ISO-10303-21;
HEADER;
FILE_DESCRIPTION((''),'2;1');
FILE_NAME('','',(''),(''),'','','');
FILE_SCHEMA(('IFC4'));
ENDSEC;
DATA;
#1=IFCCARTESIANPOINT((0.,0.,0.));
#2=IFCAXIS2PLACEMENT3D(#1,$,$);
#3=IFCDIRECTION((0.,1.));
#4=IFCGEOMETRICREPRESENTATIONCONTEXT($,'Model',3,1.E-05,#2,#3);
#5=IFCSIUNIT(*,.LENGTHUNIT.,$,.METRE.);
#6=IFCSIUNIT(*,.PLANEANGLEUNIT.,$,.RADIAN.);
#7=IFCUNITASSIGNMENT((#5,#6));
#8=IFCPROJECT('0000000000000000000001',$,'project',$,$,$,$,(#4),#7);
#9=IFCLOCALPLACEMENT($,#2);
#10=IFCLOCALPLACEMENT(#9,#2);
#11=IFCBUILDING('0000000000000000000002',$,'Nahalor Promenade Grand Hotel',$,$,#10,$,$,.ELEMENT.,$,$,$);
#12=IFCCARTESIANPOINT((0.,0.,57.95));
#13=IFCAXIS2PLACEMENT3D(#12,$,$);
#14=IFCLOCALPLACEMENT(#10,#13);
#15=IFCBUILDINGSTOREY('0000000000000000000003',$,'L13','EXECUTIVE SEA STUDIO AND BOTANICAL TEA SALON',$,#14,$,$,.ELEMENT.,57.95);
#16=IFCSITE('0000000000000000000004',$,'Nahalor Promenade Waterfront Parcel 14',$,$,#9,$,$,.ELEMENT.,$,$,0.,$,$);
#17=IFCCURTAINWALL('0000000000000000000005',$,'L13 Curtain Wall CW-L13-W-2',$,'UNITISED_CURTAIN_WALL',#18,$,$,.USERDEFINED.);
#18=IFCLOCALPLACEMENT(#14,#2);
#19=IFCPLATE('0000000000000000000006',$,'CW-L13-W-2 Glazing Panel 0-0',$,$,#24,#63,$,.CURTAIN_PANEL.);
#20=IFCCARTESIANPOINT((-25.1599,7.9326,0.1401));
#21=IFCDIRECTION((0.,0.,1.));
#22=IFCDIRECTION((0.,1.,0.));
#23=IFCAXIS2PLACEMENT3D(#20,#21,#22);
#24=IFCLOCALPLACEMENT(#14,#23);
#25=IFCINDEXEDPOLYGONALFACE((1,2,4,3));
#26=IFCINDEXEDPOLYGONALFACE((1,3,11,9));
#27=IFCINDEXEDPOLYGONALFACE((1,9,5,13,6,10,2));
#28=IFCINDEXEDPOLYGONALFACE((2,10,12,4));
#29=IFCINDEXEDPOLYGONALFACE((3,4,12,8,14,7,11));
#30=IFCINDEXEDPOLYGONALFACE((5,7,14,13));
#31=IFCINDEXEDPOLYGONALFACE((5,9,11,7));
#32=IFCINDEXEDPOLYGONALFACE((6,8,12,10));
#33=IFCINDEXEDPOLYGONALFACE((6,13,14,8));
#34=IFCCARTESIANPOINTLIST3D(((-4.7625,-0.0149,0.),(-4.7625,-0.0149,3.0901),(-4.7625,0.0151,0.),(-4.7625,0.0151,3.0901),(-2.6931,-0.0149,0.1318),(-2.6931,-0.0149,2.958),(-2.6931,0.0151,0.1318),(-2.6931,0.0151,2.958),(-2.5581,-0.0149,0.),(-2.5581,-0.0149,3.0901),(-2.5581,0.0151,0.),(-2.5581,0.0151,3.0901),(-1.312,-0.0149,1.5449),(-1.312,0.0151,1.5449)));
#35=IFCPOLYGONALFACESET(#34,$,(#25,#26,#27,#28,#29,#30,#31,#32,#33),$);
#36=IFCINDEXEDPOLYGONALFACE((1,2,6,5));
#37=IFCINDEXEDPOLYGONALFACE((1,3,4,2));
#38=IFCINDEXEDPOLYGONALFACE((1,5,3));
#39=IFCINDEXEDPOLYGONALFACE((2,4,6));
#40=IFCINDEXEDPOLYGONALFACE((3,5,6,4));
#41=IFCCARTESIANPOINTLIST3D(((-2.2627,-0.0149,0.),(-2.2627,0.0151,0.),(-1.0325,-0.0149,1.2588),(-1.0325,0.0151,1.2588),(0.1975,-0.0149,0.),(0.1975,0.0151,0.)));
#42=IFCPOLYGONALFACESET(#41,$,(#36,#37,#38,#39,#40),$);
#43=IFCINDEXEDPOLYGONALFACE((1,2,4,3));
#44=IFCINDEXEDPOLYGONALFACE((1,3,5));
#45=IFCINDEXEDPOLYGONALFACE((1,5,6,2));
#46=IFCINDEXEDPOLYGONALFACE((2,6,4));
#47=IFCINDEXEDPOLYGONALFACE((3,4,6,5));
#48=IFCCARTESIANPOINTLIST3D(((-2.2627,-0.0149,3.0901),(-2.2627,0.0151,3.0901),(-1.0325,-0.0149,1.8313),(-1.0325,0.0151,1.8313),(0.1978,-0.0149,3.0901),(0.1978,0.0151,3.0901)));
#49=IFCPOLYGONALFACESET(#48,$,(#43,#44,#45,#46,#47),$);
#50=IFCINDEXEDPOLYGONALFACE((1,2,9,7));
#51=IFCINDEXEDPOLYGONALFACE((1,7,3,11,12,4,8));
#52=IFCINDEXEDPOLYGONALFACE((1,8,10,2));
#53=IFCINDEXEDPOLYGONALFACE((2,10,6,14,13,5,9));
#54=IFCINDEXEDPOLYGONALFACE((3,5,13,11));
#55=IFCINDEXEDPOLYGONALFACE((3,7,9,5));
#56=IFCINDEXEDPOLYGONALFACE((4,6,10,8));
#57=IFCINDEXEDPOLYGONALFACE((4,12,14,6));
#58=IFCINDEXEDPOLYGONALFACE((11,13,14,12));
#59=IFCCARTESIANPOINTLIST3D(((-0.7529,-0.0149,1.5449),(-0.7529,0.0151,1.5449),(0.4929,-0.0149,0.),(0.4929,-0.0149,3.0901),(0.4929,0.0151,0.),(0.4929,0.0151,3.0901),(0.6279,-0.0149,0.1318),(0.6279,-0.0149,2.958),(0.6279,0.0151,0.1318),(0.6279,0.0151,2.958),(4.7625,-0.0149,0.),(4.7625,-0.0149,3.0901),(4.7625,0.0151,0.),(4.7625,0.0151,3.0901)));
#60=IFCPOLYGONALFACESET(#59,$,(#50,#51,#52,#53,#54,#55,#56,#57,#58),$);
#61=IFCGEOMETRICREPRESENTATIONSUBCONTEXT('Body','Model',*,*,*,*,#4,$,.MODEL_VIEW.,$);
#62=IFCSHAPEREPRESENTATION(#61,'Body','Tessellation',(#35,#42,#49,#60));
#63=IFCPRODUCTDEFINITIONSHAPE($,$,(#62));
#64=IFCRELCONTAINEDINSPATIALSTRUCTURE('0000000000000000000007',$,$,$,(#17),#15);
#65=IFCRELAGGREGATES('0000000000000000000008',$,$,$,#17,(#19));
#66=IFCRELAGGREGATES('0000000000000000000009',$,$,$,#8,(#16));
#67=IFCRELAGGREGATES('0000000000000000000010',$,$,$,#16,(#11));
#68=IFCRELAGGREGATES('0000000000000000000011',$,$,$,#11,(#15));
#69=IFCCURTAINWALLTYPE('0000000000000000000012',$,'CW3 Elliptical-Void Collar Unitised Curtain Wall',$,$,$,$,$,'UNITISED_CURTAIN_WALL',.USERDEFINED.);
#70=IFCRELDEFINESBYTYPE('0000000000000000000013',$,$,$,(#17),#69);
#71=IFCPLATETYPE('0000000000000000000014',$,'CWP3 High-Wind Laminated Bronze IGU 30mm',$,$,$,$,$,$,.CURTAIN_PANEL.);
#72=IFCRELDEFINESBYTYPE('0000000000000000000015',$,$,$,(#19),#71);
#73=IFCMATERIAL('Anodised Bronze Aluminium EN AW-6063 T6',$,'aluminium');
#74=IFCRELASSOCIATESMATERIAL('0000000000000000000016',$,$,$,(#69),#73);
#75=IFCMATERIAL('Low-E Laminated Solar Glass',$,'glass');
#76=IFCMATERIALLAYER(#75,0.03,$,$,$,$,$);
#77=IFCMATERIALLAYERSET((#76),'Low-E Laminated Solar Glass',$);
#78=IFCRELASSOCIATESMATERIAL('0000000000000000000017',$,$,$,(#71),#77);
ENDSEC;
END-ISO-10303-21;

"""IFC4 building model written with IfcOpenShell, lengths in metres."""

from ifc_helpers import new_model, si_unit, direction, frame, origin, place, context, subcontext, project, spatial, polyline, outline, extrude, material, layer, layer_set, type_object, element, aggregate, save


model = new_model("IFC4")

# Units and contexts
model_context = context("Model", 3, precision=1e-05, world=origin(), true_north=direction((0.0, 1.0)))
body_context = subcontext(model_context, "Body", "Model", "MODEL_VIEW")
ifc_project = project(units=[si_unit("LENGTHUNIT", "METRE"), si_unit("PLANEANGLEUNIT", "RADIAN")], contexts=[model_context])

# Site, building, storey
site_placement = place(None, origin())
site = spatial("IfcSite", under=ifc_project, at=site_placement, Name="Nahalor Promenade Waterfront Parcel 14", CompositionType="ELEMENT", RefElevation=0.0)
building_placement = place(site_placement, origin())
building = spatial("IfcBuilding", under=site, at=building_placement, Name="Nahalor Promenade Grand Hotel", CompositionType="ELEMENT")
storey_placement = place(building_placement, frame((0.0, 0.0, 57.95)))
storey = spatial("IfcBuildingStorey", under=building, at=storey_placement, Name="L13", Description="EXECUTIVE SEA STUDIO AND BOTANICAL TEA SALON", CompositionType="ELEMENT", Elevation=57.95)

# Shared definitions
ifc_material_1 = material(Name="Anodised Bronze Aluminium EN AW-6063 T6", Category="aluminium")
curtain_wall_type = type_object("IfcCurtainWallType", Name="CW3 Elliptical-Void Collar Unitised Curtain Wall", ElementType="UNITISED_CURTAIN_WALL", PredefinedType="USERDEFINED", material=ifc_material_1)

# Curtain wall
curtain_wall_1_placement = place(storey_placement, origin())
curtain_wall_1 = element("IfcCurtainWall", 1, at=curtain_wall_1_placement, inside=storey, type_object=curtain_wall_type, Name="L13 Curtain Wall CW-L13-W-2", ObjectType="UNITISED_CURTAIN_WALL", PredefinedType="USERDEFINED")

# Plate
ifc_material_2 = material(Name="Low-E Laminated Solar Glass", Category="glass")
ifc_layer_1 = layer(ifc_material_2, 0.03)
ifc_layer_set_1 = layer_set([ifc_layer_1], Name="Low-E Laminated Solar Glass")
plate_type_1 = type_object("IfcPlateType", Name="CWP3 High-Wind Laminated Bronze IGU 30mm", PredefinedType="CURTAIN_PANEL", material=ifc_layer_set_1)
plate_1_placement = place(storey_placement, frame((-25.1599, 7.9326, 0.1401), z_axis=(0.0, 0.0, 1.0), x_axis=(0.0, 1.0, 0.0)))
plate_1 = element("IfcPlate", 2, at=plate_1_placement, type_object=plate_type_1, Name="CW-L13-W-2 Glazing Panel 0-0", PredefinedType="CURTAIN_PANEL", context=body_context, shape_type="SweptSolid", body=[
    extrude(outline(polyline([(-4.7625, 3.0901), (-4.7625, 0.0), (-2.5581, 0.0), (-2.6931, 0.1318), (-1.312, 1.5449), (-2.6931, 2.958), (-2.5581, 3.0901), (-4.7625, 3.0901)])), frame((0.0, 0.0151, 0.0), z_axis=(0.0, -1.0, 0.0), x_axis=(1.0, 0.0, 0.0)), (0.0, 0.0, 1.0), 0.03),
    extrude(outline(polyline([(-1.0325, 1.2588), (-2.2627, 0.0), (0.1975, 0.0), (-1.0325, 1.2588)])), frame((0.0, 0.0151, 0.0), z_axis=(0.0, -1.0, 0.0), x_axis=(1.0, 0.0, 0.0)), (0.0, 0.0, 1.0), 0.03),
    extrude(outline(polyline([(-1.0325, 1.8313), (0.1978, 3.0901), (-2.2627, 3.0901), (-1.0325, 1.8313)])), frame((0.0, 0.0151, 0.0), z_axis=(0.0, -1.0, 0.0), x_axis=(1.0, 0.0, 0.0)), (0.0, 0.0, 1.0), 0.03),
    extrude(outline(polyline([(4.7625, 0.0), (4.7625, 3.0901), (0.4929, 3.0901), (0.6279, 2.958), (-0.7529, 1.5449), (0.6279, 0.1318), (0.4929, 0.0), (4.7625, 0.0)])), frame((0.0, 0.0151, 0.0), z_axis=(0.0, -1.0, 0.0), x_axis=(1.0, 0.0, 0.0)), (0.0, 0.0, 1.0), 0.03),
])
aggregate(curtain_wall_1, [plate_1])

save(model, "model.ifc")
